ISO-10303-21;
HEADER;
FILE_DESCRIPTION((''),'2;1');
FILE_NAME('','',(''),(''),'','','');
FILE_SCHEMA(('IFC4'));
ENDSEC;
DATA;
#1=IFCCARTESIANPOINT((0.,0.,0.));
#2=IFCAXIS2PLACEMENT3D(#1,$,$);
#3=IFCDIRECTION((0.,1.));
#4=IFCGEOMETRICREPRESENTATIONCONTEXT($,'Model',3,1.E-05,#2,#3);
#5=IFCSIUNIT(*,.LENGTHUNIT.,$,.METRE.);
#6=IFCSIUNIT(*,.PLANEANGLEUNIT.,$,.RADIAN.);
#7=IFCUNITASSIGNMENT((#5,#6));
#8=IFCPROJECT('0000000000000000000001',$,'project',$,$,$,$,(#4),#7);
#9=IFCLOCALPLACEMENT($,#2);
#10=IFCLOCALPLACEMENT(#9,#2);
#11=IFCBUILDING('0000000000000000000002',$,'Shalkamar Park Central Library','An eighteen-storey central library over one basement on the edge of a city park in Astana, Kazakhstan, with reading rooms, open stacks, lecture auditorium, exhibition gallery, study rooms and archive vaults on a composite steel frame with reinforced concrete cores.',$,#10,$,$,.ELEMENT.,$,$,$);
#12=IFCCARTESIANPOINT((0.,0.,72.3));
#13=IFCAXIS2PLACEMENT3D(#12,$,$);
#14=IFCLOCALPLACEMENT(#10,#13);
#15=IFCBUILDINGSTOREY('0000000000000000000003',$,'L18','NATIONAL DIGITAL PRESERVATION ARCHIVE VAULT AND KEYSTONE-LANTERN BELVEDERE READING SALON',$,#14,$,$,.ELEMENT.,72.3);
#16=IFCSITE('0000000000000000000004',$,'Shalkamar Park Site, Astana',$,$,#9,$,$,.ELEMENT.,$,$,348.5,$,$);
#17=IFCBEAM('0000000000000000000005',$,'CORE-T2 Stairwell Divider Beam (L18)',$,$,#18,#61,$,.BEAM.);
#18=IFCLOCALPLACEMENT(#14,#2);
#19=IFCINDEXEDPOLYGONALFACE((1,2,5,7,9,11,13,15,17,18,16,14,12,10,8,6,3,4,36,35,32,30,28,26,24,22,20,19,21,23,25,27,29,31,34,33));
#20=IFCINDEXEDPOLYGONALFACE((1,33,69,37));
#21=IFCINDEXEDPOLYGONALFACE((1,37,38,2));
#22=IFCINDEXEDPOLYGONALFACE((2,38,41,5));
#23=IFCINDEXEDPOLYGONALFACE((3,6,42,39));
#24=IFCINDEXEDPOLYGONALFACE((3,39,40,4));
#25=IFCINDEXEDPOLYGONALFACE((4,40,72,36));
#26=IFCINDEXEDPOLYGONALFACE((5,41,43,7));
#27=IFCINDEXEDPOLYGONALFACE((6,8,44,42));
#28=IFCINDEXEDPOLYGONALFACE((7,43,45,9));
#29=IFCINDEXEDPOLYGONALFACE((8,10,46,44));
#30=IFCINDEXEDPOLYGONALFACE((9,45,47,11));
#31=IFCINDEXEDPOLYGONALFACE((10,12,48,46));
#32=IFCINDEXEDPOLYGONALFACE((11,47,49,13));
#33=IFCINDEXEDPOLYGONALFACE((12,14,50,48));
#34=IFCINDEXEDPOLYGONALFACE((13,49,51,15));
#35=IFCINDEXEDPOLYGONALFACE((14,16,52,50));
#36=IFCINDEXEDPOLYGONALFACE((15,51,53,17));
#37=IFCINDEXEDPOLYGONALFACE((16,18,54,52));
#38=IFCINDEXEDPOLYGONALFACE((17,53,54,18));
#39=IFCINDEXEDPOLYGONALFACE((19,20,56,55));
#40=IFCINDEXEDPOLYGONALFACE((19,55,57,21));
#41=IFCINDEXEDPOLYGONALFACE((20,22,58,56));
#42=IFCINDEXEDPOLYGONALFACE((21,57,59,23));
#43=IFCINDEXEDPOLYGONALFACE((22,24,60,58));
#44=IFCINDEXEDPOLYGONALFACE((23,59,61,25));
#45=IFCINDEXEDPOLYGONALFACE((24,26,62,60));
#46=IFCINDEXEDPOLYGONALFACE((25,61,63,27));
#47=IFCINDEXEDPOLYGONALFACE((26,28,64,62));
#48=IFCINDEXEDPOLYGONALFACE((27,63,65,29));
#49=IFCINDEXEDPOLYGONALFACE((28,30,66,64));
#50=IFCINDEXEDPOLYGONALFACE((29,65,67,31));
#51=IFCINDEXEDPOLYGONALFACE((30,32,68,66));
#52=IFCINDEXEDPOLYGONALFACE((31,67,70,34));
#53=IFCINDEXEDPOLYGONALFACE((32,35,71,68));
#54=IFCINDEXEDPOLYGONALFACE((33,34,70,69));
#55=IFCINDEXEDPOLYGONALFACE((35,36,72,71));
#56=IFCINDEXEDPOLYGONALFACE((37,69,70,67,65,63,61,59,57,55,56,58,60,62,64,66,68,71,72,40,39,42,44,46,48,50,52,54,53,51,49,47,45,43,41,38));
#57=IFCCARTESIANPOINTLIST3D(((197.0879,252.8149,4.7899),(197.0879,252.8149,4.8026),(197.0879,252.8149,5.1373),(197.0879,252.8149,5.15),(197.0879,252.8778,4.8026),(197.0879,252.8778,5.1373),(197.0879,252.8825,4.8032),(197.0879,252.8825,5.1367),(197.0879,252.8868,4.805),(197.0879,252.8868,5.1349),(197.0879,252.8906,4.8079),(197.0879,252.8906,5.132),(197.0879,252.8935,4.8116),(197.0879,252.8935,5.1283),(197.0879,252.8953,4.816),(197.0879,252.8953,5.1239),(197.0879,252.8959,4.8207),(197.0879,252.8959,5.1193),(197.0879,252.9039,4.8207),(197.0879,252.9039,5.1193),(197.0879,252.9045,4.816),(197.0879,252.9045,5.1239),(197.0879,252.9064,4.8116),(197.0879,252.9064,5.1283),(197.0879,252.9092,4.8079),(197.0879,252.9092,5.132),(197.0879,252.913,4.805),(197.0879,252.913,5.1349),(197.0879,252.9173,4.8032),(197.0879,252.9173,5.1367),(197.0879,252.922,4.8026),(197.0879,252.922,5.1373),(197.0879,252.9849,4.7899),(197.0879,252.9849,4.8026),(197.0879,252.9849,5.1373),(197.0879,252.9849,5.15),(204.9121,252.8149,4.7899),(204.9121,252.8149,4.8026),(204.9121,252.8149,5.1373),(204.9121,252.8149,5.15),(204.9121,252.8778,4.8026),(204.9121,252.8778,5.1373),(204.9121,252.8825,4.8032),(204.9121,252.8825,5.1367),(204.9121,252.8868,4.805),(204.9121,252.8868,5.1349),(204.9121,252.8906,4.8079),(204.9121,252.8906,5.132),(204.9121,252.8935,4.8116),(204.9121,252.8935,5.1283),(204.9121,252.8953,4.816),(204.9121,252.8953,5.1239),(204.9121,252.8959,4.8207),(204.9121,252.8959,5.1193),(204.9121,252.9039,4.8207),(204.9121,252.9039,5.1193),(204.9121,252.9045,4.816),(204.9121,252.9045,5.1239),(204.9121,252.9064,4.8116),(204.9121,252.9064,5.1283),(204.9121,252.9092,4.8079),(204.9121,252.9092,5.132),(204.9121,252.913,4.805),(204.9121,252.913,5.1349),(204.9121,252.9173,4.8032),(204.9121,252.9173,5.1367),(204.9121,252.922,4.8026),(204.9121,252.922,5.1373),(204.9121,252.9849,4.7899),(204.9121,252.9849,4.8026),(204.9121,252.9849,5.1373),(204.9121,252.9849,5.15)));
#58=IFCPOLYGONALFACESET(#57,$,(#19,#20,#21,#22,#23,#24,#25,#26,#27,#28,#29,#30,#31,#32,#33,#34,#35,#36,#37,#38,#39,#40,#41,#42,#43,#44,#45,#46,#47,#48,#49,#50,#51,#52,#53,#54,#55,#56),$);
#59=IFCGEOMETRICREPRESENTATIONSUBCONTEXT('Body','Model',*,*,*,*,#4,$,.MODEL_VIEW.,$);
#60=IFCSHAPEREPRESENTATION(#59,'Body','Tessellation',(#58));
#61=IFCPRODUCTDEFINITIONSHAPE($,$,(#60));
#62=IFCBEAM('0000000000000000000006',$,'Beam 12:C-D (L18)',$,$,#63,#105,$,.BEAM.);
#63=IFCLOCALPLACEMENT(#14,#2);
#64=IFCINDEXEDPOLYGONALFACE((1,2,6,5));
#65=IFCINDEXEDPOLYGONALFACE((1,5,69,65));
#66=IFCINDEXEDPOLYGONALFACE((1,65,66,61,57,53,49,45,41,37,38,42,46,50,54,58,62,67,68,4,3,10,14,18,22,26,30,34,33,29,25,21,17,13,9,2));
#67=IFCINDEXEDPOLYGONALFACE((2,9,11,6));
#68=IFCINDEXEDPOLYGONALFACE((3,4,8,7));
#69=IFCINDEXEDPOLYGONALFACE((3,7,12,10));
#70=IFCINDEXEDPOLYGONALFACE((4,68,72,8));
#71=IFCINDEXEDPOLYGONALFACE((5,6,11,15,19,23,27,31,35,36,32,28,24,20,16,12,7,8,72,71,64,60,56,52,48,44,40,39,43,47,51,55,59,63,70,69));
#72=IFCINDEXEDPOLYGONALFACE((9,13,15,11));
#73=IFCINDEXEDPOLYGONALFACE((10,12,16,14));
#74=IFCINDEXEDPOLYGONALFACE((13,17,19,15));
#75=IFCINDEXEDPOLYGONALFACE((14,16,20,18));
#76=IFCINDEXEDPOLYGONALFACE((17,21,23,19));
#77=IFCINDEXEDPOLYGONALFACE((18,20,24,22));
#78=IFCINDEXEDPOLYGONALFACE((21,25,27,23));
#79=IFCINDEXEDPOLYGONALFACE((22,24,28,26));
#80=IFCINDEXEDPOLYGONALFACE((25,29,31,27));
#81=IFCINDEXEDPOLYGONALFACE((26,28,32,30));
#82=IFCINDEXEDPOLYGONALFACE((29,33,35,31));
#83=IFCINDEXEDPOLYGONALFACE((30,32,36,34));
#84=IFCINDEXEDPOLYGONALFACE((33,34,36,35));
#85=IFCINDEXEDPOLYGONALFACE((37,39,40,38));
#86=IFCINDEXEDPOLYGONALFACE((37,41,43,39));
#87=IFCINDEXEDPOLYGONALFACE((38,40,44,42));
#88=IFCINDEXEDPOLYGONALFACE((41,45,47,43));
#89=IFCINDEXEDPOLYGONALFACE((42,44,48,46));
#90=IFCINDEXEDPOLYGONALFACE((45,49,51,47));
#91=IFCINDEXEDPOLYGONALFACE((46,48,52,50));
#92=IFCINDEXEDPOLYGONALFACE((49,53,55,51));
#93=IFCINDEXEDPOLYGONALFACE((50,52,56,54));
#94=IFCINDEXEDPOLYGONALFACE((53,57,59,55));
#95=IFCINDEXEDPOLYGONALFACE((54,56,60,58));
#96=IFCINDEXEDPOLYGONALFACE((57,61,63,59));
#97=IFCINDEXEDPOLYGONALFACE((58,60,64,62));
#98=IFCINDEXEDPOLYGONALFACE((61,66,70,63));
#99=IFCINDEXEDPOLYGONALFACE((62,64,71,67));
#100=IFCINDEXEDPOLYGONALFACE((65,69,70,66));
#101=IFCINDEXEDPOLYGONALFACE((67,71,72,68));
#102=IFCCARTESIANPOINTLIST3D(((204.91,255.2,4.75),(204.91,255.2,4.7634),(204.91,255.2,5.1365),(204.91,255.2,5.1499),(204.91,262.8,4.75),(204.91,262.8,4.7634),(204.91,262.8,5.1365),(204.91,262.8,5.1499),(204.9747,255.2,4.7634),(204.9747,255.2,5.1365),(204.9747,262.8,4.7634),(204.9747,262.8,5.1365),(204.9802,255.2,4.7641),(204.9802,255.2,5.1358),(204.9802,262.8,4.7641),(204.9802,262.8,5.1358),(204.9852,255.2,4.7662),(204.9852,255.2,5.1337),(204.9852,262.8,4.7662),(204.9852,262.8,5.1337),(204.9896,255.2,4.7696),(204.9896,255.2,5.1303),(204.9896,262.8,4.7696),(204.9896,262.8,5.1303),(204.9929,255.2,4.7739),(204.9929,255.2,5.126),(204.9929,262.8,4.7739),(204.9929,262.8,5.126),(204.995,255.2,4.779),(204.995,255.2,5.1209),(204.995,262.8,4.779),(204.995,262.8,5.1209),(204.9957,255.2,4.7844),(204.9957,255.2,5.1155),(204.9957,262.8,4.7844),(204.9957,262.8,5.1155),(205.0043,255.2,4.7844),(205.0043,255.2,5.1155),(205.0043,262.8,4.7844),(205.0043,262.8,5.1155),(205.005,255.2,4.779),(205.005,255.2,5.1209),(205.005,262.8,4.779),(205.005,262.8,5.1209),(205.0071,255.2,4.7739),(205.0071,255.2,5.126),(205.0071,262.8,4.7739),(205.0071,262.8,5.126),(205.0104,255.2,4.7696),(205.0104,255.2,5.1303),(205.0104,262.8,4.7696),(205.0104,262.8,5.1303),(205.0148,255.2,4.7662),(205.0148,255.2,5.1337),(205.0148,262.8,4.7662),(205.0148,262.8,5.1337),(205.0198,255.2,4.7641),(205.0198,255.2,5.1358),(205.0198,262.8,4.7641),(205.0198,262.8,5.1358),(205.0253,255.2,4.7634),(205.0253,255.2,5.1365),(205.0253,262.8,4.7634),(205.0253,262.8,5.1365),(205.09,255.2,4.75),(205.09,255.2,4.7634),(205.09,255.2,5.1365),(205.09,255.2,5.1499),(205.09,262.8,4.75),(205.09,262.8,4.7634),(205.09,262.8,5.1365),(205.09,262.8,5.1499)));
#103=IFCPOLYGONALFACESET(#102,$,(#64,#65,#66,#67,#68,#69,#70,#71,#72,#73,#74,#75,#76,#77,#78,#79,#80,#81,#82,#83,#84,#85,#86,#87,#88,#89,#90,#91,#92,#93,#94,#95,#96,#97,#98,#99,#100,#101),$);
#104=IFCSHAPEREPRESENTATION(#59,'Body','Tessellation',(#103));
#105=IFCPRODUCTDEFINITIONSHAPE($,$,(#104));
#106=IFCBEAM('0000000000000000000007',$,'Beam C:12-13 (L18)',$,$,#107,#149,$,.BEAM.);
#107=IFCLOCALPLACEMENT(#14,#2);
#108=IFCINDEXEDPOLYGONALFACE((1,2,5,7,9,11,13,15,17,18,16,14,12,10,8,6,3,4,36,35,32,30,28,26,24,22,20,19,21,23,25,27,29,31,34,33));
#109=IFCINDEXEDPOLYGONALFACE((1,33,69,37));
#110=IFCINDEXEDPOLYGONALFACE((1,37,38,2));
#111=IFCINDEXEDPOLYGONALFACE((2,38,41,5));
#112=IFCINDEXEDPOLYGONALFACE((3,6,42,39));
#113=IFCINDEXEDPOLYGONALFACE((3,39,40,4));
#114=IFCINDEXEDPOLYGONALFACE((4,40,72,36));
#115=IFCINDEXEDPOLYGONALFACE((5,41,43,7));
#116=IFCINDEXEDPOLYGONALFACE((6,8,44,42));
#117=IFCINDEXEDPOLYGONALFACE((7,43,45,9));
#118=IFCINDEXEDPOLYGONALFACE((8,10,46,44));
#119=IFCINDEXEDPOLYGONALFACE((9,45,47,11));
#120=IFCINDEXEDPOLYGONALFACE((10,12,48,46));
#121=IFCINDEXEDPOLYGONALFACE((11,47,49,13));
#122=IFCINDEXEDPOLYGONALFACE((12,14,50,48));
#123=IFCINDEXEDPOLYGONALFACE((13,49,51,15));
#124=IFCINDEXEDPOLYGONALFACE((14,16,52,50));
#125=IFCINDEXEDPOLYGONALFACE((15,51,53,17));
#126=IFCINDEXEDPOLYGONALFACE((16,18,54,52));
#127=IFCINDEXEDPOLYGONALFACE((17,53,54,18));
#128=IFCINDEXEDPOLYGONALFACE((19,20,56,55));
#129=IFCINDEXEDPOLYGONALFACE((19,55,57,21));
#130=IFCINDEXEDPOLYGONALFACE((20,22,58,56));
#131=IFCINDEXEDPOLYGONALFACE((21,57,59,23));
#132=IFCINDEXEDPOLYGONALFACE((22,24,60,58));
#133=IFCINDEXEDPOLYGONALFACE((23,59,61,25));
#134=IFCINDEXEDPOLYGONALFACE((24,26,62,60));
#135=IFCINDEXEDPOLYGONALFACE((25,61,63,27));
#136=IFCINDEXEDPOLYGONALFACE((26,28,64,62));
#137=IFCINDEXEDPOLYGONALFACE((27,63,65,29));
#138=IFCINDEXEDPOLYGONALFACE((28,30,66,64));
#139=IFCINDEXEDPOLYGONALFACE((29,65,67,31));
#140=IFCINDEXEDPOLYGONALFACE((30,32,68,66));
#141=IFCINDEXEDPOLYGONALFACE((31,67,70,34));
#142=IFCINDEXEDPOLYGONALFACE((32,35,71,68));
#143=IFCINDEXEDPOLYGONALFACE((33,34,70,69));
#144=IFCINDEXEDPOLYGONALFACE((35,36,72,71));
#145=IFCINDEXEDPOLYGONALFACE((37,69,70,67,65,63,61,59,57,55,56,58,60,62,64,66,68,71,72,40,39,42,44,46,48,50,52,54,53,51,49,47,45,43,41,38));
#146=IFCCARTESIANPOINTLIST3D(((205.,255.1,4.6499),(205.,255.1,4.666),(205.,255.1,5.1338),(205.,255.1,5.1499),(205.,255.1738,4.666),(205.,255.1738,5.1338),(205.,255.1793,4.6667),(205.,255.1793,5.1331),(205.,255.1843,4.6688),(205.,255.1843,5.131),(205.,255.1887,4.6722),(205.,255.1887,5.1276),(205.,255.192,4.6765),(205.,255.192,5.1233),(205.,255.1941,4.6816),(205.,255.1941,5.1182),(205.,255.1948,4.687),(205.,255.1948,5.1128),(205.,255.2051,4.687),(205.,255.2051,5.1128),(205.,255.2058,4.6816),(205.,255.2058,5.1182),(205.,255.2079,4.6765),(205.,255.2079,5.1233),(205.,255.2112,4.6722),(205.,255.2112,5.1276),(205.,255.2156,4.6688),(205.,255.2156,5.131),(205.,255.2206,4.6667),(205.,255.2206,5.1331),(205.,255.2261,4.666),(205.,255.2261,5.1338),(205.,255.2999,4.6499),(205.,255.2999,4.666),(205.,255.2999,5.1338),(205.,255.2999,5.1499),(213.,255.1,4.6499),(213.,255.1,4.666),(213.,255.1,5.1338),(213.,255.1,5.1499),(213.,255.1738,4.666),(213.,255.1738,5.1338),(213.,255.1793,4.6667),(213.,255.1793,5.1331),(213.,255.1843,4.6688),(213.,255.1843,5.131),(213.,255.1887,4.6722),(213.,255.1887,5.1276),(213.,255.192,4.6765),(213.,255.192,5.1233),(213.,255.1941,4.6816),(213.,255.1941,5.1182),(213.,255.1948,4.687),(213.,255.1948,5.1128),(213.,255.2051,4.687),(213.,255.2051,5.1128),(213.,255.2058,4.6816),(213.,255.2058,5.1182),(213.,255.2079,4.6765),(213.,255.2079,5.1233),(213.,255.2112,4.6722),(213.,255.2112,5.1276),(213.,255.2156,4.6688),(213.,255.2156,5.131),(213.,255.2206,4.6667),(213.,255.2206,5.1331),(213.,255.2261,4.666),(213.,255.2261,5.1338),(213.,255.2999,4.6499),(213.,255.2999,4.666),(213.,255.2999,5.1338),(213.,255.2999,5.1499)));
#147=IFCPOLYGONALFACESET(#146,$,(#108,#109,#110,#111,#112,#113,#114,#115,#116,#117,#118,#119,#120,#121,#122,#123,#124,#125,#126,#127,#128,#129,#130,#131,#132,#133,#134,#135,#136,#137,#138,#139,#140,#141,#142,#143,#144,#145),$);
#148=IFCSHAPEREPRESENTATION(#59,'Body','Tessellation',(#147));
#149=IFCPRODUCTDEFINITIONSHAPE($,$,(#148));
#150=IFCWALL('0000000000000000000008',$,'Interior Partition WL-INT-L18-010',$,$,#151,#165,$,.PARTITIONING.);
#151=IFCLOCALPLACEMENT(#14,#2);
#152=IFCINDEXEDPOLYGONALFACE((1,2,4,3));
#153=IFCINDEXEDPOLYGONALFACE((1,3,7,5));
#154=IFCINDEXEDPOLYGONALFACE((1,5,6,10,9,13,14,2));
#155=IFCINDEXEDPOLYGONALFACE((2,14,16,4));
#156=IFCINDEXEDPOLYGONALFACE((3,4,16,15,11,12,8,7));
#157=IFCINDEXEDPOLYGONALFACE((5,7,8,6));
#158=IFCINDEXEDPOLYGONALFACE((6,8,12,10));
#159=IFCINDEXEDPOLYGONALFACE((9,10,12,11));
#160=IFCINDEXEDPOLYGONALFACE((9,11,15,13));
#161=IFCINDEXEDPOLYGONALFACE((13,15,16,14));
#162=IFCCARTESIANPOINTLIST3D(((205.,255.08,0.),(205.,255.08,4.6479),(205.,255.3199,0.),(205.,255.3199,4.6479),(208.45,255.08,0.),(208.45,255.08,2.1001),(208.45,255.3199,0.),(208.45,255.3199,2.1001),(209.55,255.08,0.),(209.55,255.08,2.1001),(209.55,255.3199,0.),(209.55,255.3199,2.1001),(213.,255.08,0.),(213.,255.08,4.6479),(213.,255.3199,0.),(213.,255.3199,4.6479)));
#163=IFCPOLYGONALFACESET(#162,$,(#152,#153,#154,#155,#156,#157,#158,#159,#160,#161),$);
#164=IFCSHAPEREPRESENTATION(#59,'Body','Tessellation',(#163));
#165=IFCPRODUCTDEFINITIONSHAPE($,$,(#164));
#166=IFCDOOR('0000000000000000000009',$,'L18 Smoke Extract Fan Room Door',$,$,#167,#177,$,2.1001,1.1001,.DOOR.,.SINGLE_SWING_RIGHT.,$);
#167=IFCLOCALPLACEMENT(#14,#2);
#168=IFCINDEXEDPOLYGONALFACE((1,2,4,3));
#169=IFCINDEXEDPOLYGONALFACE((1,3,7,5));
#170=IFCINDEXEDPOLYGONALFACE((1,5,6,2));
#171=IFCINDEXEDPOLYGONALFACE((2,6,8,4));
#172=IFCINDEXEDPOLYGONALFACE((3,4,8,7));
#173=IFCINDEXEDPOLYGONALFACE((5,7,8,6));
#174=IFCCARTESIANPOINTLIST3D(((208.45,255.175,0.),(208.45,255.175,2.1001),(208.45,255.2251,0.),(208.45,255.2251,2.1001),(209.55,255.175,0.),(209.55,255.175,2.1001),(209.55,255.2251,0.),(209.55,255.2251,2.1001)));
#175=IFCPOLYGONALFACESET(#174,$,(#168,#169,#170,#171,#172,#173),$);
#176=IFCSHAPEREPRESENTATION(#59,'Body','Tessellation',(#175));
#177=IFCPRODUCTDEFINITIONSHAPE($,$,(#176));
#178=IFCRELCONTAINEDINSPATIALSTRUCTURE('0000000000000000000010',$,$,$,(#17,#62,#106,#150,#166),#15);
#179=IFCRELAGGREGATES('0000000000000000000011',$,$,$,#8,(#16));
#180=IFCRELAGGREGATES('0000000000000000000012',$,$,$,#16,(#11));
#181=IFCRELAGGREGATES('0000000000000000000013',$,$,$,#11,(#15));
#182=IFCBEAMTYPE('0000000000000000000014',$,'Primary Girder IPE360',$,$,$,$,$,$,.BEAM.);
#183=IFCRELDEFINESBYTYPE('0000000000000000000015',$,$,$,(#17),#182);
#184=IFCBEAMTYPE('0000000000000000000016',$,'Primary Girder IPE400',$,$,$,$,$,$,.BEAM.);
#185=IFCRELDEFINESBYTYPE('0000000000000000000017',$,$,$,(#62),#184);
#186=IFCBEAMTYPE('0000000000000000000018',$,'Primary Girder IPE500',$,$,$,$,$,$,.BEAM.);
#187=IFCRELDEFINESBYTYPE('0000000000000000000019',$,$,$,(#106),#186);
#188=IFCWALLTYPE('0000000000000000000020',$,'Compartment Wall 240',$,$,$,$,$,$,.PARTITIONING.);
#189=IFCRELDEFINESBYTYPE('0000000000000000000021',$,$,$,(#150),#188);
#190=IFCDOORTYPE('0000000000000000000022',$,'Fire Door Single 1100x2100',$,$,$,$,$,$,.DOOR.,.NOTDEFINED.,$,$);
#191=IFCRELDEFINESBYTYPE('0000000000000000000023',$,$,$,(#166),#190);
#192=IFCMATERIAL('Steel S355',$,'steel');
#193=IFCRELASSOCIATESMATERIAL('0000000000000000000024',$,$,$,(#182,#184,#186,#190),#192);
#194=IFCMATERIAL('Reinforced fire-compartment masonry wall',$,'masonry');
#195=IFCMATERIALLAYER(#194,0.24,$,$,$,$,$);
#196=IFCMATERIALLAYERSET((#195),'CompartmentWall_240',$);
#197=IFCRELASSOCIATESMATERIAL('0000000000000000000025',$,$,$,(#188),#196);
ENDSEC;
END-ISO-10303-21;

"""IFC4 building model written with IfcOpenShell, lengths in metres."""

from ifc_helpers import new_model, si_unit, direction, frame, frame_2d, origin, origin_2d, place, context, subcontext, project, spatial, rectangle, i_section, extrude, material, layer, layer_set, material_profile, profile_set, type_object, element, fill, save


model = new_model("IFC4")

# Units and contexts
model_context = context("Model", 3, precision=1e-05, world=origin(), true_north=direction((0.0, 1.0)))
body_context = subcontext(model_context, "Body", "Model", "MODEL_VIEW")
ifc_project = project(units=[si_unit("LENGTHUNIT", "METRE"), si_unit("PLANEANGLEUNIT", "RADIAN")], contexts=[model_context])

# Site, building, storey
site_placement = place(None, origin())
site = spatial("IfcSite", under=ifc_project, at=site_placement, Name="Shalkamar Park Site, Astana", CompositionType="ELEMENT", RefElevation=348.5)
building_placement = place(site_placement, origin())
building = spatial("IfcBuilding", under=site, at=building_placement, Name="Shalkamar Park Central Library", Description="An eighteen-storey central library over one basement on the edge of a city park in Astana, Kazakhstan, with reading rooms, open stacks, lecture auditorium, exhibition gallery, study rooms and archive vaults on a composite steel frame with reinforced concrete cores.", CompositionType="ELEMENT")
storey_placement = place(building_placement, frame((0.0, 0.0, 72.3)))
storey = spatial("IfcBuildingStorey", under=building, at=storey_placement, Name="L18", Description="NATIONAL DIGITAL PRESERVATION ARCHIVE VAULT AND KEYSTONE-LANTERN BELVEDERE READING SALON", CompositionType="ELEMENT", Elevation=72.3)

# Shared definitions
ifc_material_1 = material(Name="Steel S355", Category="steel")

# Beams
ifc_material_profile_1 = material_profile(ifc_material_1, i_section(OverallWidth=0.1699, OverallDepth=0.3601, WebThickness=0.0081, FlangeThickness=0.0127, FilletRadius=0.0181, at=origin_2d()), Name="IPE 360")
ifc_profile_set_1 = profile_set([ifc_material_profile_1], Name="Steel S355")
beam_type_1 = type_object("IfcBeamType", Name="Primary Girder IPE360", PredefinedType="BEAM", material=ifc_profile_set_1)
beam_1_placement = place(storey_placement, frame((197.0879, 252.8999, 4.97), z_axis=(1.0, 0.0, 0.0), x_axis=(0.0, 1.0, 0.0)))
element("IfcBeam", 1, at=beam_1_placement, inside=storey, type_object=beam_type_1, Name="CORE-T2 Stairwell Divider Beam (L18)", PredefinedType="BEAM", context=body_context, shape_type="SweptSolid", body=[
    extrude(i_section(OverallWidth=0.1699, OverallDepth=0.3601, WebThickness=0.0081, FlangeThickness=0.0127, FilletRadius=0.0181, at=origin_2d()), origin(), (0.0, 0.0, 1.0), 7.8242),
])
ifc_material_profile_2 = material_profile(ifc_material_1, i_section(OverallWidth=0.1799, OverallDepth=0.3999, WebThickness=0.0085, FlangeThickness=0.0134, FilletRadius=0.021, at=origin_2d()), Name="IPE 400")
ifc_profile_set_2 = profile_set([ifc_material_profile_2], Name="Steel S355")
beam_type_2 = type_object("IfcBeamType", Name="Primary Girder IPE400", PredefinedType="BEAM", material=ifc_profile_set_2)
beam_2_placement = place(storey_placement, frame((205.0, 255.2, 4.95), z_axis=(0.0, 1.0, 0.0), x_axis=(-1.0, 0.0, 0.0)))
element("IfcBeam", 2, at=beam_2_placement, inside=storey, type_object=beam_type_2, Name="Beam 12:C-D (L18)", PredefinedType="BEAM", context=body_context, shape_type="SweptSolid", body=[
    extrude(i_section(OverallWidth=0.1799, OverallDepth=0.3999, WebThickness=0.0085, FlangeThickness=0.0134, FilletRadius=0.021, at=origin_2d()), origin(), (0.0, 0.0, 1.0), 7.6001),
])
ifc_material_profile_3 = material_profile(ifc_material_1, i_section(OverallWidth=0.2, OverallDepth=0.5, WebThickness=0.0103, FlangeThickness=0.0161, FilletRadius=0.021, at=origin_2d()), Name="IPE 500")
ifc_profile_set_3 = profile_set([ifc_material_profile_3], Name="Steel S355")
beam_type_3 = type_object("IfcBeamType", Name="Primary Girder IPE500", PredefinedType="BEAM", material=ifc_profile_set_3)
beam_3_placement = place(storey_placement, frame((205.0, 255.2, 4.8999), z_axis=(1.0, 0.0, 0.0), x_axis=(0.0, 1.0, 0.0)))
element("IfcBeam", 3, at=beam_3_placement, inside=storey, type_object=beam_type_3, Name="Beam C:12-13 (L18)", PredefinedType="BEAM", context=body_context, shape_type="SweptSolid", body=[
    extrude(i_section(OverallWidth=0.2, OverallDepth=0.5, WebThickness=0.0103, FlangeThickness=0.0161, FilletRadius=0.021, at=origin_2d()), origin(), (0.0, 0.0, 1.0), 8.0),
])

# Wall, opening, door
ifc_material_2 = material(Name="Reinforced fire-compartment masonry wall", Category="masonry")
ifc_layer_1 = layer(ifc_material_2, 0.24)
ifc_layer_set_1 = layer_set([ifc_layer_1], Name="CompartmentWall_240")
wall_type_1 = type_object("IfcWallType", Name="Compartment Wall 240", PredefinedType="PARTITIONING", material=ifc_layer_set_1)
wall_1_placement = place(storey_placement, frame((205.0, 255.2, 0.0), z_axis=(0.0, 0.0, 1.0), x_axis=(1.0, 0.0, 0.0)))
wall_1 = element("IfcWall", 4, at=wall_1_placement, inside=storey, type_object=wall_type_1, Name="Interior Partition WL-INT-L18-010", PredefinedType="PARTITIONING", context=body_context, shape_type="SweptSolid", body=[
    extrude(rectangle(XDim=8.0, YDim=0.24, at=frame_2d((4.0, 0.0))), origin(), (0.0, 0.0, 1.0), 4.6479),
])
opening_placement = place(wall_1_placement, frame((3.45, 0.0, 0.0)))
opening = element("IfcOpeningElement", 5, at=opening_placement, cuts=wall_1, PredefinedType="OPENING", context=body_context, shape_type="SweptSolid", body=[
    extrude(rectangle(XDim=1.1001, YDim=2.1001, at=frame_2d((0.55, 1.05))), frame((0.0, 0.1348, 0.0), z_axis=(0.0, -1.0, 0.0), x_axis=(1.0, 0.0, 0.0)), (0.0, 0.0, 1.0), 0.2698),
])
door_type = type_object("IfcDoorType", Name="Fire Door Single 1100x2100", OperationType="NOTDEFINED", PredefinedType="DOOR", material=ifc_material_1)
door_placement = place(opening_placement, frame((1.1001, 0.0, 0.0), z_axis=(0.0, 0.0, 1.0), x_axis=(-1.0, 0.0, 0.0)))
door = element("IfcDoor", 6, at=door_placement, inside=storey, type_object=door_type, Name="L18 Smoke Extract Fan Room Door", OperationType="SINGLE_SWING_RIGHT", OverallHeight=2.1001, OverallWidth=1.1001, PredefinedType="DOOR", context=body_context, shape_type="SweptSolid", body=[
    extrude(rectangle(XDim=1.1001, YDim=2.1001, at=frame_2d((0.55, 1.05))), frame((0.0, 0.0249, 0.0), z_axis=(0.0, -1.0, 0.0), x_axis=(1.0, 0.0, 0.0)), (0.0, 0.0, 1.0), 0.05),
])
fill(opening, door)

save(model, "model.ifc")
